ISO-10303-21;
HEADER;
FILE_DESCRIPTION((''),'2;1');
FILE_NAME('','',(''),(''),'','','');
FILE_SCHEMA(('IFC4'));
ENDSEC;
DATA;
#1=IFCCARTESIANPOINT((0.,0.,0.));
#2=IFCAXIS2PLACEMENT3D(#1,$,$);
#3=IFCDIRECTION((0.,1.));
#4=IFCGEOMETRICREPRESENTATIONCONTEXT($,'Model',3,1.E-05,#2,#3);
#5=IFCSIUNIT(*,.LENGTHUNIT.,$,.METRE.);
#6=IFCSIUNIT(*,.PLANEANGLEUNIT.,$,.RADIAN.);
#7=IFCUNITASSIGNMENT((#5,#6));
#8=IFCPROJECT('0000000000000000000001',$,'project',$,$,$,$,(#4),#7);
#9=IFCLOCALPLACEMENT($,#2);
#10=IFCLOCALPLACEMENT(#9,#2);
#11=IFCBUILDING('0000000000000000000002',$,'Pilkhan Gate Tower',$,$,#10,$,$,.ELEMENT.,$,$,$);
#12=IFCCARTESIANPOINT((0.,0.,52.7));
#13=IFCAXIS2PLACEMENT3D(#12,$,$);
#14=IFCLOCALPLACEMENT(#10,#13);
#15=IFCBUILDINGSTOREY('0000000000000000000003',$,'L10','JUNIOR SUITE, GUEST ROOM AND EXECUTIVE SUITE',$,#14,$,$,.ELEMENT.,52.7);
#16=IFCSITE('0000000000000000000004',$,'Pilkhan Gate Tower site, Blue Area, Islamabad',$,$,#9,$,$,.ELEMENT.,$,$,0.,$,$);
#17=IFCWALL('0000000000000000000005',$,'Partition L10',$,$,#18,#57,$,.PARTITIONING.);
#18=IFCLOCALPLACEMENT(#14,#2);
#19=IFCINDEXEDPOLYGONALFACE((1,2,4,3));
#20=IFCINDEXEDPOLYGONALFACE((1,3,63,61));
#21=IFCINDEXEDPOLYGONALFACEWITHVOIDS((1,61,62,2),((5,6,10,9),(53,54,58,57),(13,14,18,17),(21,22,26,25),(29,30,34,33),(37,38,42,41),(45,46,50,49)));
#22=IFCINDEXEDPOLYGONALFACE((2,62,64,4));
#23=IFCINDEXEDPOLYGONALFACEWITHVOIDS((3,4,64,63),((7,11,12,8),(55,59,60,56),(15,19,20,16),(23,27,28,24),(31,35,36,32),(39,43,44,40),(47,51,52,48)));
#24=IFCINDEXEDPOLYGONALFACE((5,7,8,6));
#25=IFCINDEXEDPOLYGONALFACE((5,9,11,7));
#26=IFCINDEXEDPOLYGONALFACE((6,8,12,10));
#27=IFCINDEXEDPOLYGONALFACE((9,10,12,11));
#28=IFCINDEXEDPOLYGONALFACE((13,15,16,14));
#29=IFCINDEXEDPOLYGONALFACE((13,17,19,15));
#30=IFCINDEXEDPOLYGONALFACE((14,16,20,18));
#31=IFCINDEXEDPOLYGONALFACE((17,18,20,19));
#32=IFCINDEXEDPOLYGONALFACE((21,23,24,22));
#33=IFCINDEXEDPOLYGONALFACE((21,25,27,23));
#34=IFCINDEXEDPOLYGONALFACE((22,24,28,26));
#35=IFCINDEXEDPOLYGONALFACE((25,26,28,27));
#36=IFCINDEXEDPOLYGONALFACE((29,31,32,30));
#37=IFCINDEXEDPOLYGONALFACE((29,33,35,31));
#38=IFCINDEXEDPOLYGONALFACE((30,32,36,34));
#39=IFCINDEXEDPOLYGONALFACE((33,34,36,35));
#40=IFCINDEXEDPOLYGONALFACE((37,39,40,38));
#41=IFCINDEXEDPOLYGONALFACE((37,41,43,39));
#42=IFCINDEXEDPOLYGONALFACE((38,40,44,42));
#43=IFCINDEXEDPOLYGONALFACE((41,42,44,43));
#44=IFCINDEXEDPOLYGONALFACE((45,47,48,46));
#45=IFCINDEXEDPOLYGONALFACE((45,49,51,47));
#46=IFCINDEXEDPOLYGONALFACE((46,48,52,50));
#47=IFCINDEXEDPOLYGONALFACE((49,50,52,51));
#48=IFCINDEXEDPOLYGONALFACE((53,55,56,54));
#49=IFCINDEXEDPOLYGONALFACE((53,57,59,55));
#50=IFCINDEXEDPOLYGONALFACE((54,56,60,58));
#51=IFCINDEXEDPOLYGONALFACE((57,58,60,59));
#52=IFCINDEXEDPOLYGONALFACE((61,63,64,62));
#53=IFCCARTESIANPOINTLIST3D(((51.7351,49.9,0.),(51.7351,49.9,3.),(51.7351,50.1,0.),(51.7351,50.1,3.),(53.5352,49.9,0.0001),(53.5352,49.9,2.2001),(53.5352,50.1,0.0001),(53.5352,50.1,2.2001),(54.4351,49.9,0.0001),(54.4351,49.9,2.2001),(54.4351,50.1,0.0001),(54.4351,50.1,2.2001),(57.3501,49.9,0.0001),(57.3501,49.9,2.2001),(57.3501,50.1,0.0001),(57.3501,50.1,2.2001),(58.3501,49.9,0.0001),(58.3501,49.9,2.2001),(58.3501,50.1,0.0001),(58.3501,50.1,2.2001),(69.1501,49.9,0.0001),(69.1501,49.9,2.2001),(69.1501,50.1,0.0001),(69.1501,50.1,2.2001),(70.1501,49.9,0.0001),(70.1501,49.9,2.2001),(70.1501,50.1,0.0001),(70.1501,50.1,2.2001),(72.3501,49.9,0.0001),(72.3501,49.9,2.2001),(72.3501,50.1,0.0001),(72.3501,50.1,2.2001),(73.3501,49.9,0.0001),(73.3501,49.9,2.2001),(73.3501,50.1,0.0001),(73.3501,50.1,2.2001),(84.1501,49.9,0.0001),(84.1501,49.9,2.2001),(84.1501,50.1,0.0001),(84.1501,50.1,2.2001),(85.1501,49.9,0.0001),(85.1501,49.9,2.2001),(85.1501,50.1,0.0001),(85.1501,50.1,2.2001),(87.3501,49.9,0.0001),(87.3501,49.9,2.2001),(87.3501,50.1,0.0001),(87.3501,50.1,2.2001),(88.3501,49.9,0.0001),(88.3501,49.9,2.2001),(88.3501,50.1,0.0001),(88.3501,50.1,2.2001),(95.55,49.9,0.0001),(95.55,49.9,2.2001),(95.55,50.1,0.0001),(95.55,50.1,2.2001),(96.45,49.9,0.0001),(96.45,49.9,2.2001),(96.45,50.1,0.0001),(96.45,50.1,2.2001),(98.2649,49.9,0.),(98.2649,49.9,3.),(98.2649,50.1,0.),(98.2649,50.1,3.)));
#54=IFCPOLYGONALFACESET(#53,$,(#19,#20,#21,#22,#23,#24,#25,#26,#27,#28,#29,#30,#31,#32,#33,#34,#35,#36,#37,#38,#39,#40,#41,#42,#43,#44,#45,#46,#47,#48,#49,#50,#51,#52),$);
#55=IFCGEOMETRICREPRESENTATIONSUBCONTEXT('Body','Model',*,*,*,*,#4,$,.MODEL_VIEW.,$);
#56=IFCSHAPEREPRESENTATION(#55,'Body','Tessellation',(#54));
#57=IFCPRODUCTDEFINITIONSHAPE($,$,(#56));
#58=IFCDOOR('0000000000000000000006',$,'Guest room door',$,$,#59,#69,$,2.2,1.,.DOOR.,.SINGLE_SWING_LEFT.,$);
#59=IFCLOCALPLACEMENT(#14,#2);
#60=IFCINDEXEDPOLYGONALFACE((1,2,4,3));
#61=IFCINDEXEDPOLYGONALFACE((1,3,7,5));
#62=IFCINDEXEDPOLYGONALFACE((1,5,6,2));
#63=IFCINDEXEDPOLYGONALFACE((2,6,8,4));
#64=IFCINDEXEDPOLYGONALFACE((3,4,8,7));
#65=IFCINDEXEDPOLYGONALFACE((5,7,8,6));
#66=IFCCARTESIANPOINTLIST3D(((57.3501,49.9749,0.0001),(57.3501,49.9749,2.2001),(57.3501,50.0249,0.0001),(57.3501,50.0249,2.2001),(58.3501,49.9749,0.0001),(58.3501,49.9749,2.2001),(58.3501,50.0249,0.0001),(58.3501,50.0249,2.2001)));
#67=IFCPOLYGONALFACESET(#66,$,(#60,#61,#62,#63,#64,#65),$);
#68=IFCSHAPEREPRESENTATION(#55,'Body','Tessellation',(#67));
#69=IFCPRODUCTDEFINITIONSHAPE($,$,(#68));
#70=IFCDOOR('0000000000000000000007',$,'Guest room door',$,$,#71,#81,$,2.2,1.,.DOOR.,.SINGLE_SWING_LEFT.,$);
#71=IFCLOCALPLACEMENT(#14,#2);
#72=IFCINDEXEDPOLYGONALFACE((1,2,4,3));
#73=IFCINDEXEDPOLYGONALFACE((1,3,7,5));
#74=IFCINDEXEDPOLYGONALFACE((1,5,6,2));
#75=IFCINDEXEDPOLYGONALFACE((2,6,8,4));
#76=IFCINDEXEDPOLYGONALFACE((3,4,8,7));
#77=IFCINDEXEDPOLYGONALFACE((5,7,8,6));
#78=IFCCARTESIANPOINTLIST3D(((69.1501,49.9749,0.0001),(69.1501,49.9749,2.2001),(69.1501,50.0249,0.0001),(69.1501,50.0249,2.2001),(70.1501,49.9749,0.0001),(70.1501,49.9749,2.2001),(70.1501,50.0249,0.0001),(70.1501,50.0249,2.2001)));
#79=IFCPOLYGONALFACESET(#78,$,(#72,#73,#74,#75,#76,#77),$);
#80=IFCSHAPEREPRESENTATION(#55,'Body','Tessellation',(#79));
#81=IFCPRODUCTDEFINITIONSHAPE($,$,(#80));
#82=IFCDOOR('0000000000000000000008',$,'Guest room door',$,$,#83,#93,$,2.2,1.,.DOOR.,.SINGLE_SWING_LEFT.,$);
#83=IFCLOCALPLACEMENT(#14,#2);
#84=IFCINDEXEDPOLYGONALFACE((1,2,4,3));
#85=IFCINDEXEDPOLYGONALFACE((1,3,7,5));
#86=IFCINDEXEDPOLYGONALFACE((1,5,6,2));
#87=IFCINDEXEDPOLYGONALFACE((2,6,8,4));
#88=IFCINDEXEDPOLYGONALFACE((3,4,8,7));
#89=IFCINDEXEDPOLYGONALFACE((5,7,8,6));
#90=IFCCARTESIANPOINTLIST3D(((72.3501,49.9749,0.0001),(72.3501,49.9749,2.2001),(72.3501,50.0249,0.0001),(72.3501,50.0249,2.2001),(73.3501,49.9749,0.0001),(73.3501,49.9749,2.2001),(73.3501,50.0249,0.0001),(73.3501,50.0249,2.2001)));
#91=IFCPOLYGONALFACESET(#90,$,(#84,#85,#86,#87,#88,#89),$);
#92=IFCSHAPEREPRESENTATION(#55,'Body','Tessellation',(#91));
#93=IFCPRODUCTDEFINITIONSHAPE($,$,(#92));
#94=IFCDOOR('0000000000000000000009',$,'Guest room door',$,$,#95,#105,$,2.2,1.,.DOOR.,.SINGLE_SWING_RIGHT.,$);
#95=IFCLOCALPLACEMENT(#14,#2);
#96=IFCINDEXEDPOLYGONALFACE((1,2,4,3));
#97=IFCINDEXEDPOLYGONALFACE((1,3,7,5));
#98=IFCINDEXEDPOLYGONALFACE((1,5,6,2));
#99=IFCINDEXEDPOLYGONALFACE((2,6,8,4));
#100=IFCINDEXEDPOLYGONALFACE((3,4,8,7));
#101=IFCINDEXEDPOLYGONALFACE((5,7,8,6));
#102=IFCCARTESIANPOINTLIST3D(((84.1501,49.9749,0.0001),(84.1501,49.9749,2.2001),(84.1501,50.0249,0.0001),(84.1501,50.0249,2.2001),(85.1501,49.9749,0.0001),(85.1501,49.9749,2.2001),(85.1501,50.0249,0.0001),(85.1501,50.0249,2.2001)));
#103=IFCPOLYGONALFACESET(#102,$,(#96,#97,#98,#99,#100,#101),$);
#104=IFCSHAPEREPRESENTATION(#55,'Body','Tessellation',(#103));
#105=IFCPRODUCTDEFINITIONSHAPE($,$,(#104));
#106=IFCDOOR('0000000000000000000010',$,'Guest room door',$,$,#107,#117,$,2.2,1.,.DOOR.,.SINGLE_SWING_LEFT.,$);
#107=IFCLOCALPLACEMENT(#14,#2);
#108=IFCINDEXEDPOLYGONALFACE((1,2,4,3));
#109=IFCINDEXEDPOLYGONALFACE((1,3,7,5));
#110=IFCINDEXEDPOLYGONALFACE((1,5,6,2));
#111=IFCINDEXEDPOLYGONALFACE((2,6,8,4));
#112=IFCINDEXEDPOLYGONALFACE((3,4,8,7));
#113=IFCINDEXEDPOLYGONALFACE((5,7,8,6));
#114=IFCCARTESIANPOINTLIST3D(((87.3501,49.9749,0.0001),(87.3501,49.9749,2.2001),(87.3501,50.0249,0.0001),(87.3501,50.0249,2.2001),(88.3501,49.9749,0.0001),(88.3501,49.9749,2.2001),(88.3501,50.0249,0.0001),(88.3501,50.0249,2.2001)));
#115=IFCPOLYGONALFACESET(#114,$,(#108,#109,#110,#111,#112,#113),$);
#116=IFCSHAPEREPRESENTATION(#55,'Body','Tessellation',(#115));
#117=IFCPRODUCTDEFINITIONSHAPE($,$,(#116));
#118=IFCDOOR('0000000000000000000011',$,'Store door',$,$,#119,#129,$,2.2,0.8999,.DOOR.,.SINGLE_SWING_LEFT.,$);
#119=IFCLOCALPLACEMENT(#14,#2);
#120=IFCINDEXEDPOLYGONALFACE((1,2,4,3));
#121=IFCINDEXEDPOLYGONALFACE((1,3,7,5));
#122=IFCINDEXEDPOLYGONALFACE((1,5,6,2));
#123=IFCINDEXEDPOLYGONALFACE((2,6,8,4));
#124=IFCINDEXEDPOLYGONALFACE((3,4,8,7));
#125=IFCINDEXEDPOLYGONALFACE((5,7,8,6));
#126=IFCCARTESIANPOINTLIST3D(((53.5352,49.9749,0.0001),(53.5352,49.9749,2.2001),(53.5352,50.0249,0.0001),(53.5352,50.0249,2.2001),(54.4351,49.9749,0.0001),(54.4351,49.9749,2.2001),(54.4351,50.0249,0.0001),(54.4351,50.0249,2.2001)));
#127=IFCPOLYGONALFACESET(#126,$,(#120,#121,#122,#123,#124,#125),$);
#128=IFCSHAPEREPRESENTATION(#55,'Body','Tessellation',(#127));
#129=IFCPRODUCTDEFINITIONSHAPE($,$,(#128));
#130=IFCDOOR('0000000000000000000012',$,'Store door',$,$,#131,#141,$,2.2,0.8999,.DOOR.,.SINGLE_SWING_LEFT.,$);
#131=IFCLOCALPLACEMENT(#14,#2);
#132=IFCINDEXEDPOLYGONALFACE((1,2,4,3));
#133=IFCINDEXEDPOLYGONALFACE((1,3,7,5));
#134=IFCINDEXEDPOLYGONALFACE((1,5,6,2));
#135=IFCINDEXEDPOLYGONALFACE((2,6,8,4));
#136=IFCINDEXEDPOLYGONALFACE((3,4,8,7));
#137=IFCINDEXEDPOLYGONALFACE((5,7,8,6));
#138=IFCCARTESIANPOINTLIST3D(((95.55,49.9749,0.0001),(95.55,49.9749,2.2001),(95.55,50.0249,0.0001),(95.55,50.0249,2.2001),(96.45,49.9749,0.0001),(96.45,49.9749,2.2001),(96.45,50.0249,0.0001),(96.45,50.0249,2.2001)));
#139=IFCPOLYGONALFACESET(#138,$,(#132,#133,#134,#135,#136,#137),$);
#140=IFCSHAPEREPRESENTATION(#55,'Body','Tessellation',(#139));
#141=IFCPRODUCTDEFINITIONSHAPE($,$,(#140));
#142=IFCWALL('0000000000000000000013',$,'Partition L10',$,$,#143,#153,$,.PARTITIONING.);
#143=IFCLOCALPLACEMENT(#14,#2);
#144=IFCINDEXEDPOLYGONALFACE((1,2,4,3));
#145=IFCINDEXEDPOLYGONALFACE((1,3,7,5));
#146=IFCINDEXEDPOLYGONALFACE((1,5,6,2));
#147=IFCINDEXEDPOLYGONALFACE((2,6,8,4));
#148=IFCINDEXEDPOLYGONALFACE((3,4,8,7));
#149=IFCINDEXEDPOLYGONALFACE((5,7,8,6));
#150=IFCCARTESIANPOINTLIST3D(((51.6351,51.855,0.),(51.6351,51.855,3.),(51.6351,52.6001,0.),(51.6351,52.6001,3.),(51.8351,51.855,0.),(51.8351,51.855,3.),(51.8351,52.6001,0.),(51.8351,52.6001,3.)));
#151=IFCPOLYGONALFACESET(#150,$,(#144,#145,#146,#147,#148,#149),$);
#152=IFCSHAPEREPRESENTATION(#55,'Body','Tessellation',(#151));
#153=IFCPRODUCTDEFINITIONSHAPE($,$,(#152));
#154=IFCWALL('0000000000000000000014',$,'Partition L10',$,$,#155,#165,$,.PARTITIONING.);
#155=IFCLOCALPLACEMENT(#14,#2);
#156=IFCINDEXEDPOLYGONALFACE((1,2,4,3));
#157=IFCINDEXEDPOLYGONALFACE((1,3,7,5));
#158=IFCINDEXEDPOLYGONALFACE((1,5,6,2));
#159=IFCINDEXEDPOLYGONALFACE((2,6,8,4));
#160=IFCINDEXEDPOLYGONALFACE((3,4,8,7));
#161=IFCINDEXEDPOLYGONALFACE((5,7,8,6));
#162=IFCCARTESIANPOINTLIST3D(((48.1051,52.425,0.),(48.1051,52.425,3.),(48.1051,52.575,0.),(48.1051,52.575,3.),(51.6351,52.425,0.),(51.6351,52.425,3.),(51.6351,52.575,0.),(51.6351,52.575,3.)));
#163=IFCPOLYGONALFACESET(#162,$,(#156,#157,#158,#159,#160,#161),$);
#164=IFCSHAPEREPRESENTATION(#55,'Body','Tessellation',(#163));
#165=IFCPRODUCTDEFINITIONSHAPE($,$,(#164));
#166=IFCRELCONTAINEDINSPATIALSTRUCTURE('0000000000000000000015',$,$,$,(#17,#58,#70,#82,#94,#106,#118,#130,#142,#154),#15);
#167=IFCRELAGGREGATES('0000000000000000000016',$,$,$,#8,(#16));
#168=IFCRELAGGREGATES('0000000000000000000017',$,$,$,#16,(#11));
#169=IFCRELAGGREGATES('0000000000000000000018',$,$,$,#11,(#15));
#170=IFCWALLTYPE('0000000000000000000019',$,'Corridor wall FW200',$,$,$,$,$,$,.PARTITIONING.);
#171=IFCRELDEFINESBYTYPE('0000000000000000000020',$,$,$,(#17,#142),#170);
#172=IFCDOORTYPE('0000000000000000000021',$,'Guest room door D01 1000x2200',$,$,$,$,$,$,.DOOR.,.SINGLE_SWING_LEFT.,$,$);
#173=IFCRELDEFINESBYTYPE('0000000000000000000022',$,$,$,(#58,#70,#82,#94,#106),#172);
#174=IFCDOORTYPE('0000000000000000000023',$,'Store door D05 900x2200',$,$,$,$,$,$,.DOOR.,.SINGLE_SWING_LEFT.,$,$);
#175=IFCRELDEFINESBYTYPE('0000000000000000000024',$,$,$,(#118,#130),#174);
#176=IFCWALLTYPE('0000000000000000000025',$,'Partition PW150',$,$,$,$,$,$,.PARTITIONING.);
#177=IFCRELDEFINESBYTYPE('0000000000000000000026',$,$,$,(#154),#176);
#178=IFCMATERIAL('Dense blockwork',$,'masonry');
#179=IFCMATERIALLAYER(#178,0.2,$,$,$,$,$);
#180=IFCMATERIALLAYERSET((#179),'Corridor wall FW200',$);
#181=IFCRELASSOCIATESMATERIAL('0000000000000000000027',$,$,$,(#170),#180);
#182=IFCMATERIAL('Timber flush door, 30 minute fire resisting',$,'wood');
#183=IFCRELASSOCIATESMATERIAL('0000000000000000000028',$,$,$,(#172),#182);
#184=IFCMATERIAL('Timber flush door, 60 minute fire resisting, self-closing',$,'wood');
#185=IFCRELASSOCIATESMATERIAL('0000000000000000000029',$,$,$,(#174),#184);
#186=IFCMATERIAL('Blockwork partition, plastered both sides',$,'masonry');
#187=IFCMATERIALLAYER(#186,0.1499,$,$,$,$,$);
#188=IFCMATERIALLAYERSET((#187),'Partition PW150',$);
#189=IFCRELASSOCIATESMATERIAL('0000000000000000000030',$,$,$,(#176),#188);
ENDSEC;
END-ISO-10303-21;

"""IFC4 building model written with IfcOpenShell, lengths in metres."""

from ifc_helpers import new_model, si_unit, direction, frame, frame_2d, origin, place, context, subcontext, project, spatial, rectangle, extrude, material, layer, layer_set, type_object, element, fill, save


model = new_model("IFC4")

# Units and contexts
model_context = context("Model", 3, precision=1e-05, world=origin(), true_north=direction((0.0, 1.0)))
body_context = subcontext(model_context, "Body", "Model", "MODEL_VIEW")
ifc_project = project(units=[si_unit("LENGTHUNIT", "METRE"), si_unit("PLANEANGLEUNIT", "RADIAN")], contexts=[model_context])

# Site, building, storey
site_placement = place(None, origin())
site = spatial("IfcSite", under=ifc_project, at=site_placement, Name="Pilkhan Gate Tower site, Blue Area, Islamabad", CompositionType="ELEMENT", RefElevation=0.0)
building_placement = place(site_placement, origin())
building = spatial("IfcBuilding", under=site, at=building_placement, Name="Pilkhan Gate Tower", CompositionType="ELEMENT")
storey_placement = place(building_placement, frame((0.0, 0.0, 52.7)))
storey = spatial("IfcBuildingStorey", under=building, at=storey_placement, Name="L10", Description="JUNIOR SUITE, GUEST ROOM AND EXECUTIVE SUITE", CompositionType="ELEMENT", Elevation=52.7)

# Wall, openings, doors
ifc_material_1 = material(Name="Dense blockwork", Category="masonry")
ifc_layer_1 = layer(ifc_material_1, 0.2)
ifc_layer_set_1 = layer_set([ifc_layer_1], Name="Corridor wall FW200")
wall_type_1 = type_object("IfcWallType", Name="Corridor wall FW200", PredefinedType="PARTITIONING", material=ifc_layer_set_1)
wall_1_placement = place(storey_placement, frame((51.7351, 50.0, 0.0), z_axis=(0.0, 0.0, 1.0), x_axis=(1.0, 0.0, 0.0)))
wall_1 = element("IfcWall", 1, at=wall_1_placement, inside=storey, type_object=wall_type_1, Name="Partition L10", PredefinedType="PARTITIONING", context=body_context, shape_type="SweptSolid", body=[
    extrude(rectangle(XDim=46.5298, YDim=0.2, at=frame_2d((23.2649, 0.0))), origin(), (0.0, 0.0, 1.0), 3.0),
])
opening_1_placement = place(wall_1_placement, frame((5.615, 0.0, 0.0)))
opening_1 = element("IfcOpeningElement", 2, at=opening_1_placement, cuts=wall_1, PredefinedType="OPENING", context=body_context, shape_type="SweptSolid", body=[
    extrude(rectangle(XDim=1.0, YDim=2.2, at=frame_2d((0.5, 1.1001))), frame((0.0, 0.1099, 0.0), z_axis=(0.0, -1.0, 0.0), x_axis=(1.0, 0.0, 0.0)), (0.0, 0.0, 1.0), 0.22),
])
opening_2_placement = place(wall_1_placement, frame((17.415, 0.0, 0.0)))
opening_2 = element("IfcOpeningElement", 3, at=opening_2_placement, cuts=wall_1, PredefinedType="OPENING", context=body_context, shape_type="SweptSolid", body=[
    extrude(rectangle(XDim=1.0, YDim=2.2, at=frame_2d((0.5, 1.1001))), frame((0.0, 0.1099, 0.0), z_axis=(0.0, -1.0, 0.0), x_axis=(1.0, 0.0, 0.0)), (0.0, 0.0, 1.0), 0.22),
])
opening_3_placement = place(wall_1_placement, frame((20.615, 0.0, 0.0)))
opening_3 = element("IfcOpeningElement", 4, at=opening_3_placement, cuts=wall_1, PredefinedType="OPENING", context=body_context, shape_type="SweptSolid", body=[
    extrude(rectangle(XDim=1.0, YDim=2.2, at=frame_2d((0.5, 1.1001))), frame((0.0, 0.1099, 0.0), z_axis=(0.0, -1.0, 0.0), x_axis=(1.0, 0.0, 0.0)), (0.0, 0.0, 1.0), 0.22),
])
opening_4_placement = place(wall_1_placement, frame((32.415, 0.0, 0.0)))
opening_4 = element("IfcOpeningElement", 5, at=opening_4_placement, cuts=wall_1, PredefinedType="OPENING", context=body_context, shape_type="SweptSolid", body=[
    extrude(rectangle(XDim=1.0, YDim=2.2, at=frame_2d((0.5, 1.1001))), frame((0.0, 0.1099, 0.0), z_axis=(0.0, -1.0, 0.0), x_axis=(1.0, 0.0, 0.0)), (0.0, 0.0, 1.0), 0.22),
])
opening_5_placement = place(wall_1_placement, frame((35.615, 0.0, 0.0)))
opening_5 = element("IfcOpeningElement", 6, at=opening_5_placement, cuts=wall_1, PredefinedType="OPENING", context=body_context, shape_type="SweptSolid", body=[
    extrude(rectangle(XDim=1.0, YDim=2.2, at=frame_2d((0.5, 1.1001))), frame((0.0, 0.1099, 0.0), z_axis=(0.0, -1.0, 0.0), x_axis=(1.0, 0.0, 0.0)), (0.0, 0.0, 1.0), 0.22),
])
opening_6_placement = place(wall_1_placement, frame((1.8, 0.0, 0.0)))
opening_6 = element("IfcOpeningElement", 7, at=opening_6_placement, cuts=wall_1, PredefinedType="OPENING", context=body_context, shape_type="SweptSolid", body=[
    extrude(rectangle(XDim=0.8999, YDim=2.2, at=frame_2d((0.45, 1.1001))), frame((0.0, 0.1099, 0.0), z_axis=(0.0, -1.0, 0.0), x_axis=(1.0, 0.0, 0.0)), (0.0, 0.0, 1.0), 0.22),
])
opening_7_placement = place(wall_1_placement, frame((43.8149, 0.0, 0.0)))
opening_7 = element("IfcOpeningElement", 8, at=opening_7_placement, cuts=wall_1, PredefinedType="OPENING", context=body_context, shape_type="SweptSolid", body=[
    extrude(rectangle(XDim=0.8999, YDim=2.2, at=frame_2d((0.45, 1.1001))), frame((0.0, 0.1099, 0.0), z_axis=(0.0, -1.0, 0.0), x_axis=(1.0, 0.0, 0.0)), (0.0, 0.0, 1.0), 0.22),
])
ifc_material_2 = material(Name="Timber flush door, 30 minute fire resisting", Category="wood")
door_type_1 = type_object("IfcDoorType", Name="Guest room door D01 1000x2200", OperationType="SINGLE_SWING_LEFT", PredefinedType="DOOR", material=ifc_material_2)
door_1_placement = place(opening_1_placement, origin())
door_1 = element("IfcDoor", 9, at=door_1_placement, inside=storey, type_object=door_type_1, Name="Guest room door", OperationType="SINGLE_SWING_LEFT", OverallHeight=2.2, OverallWidth=1.0, PredefinedType="DOOR", context=body_context, shape_type="SweptSolid", body=[
    extrude(rectangle(XDim=1.0, YDim=2.2, at=frame_2d((0.5, 1.1001))), frame((0.0, 0.0249, 0.0), z_axis=(0.0, -1.0, 0.0), x_axis=(1.0, 0.0, 0.0)), (0.0, 0.0, 1.0), 0.05),
])
fill(opening_1, door_1)
door_2_placement = place(opening_2_placement, origin())
door_2 = element("IfcDoor", 10, at=door_2_placement, inside=storey, type_object=door_type_1, Name="Guest room door", OperationType="SINGLE_SWING_LEFT", OverallHeight=2.2, OverallWidth=1.0, PredefinedType="DOOR", context=body_context, shape_type="SweptSolid", body=[
    extrude(rectangle(XDim=1.0, YDim=2.2, at=frame_2d((0.5, 1.1001))), frame((0.0, 0.0249, 0.0), z_axis=(0.0, -1.0, 0.0), x_axis=(1.0, 0.0, 0.0)), (0.0, 0.0, 1.0), 0.05),
])
fill(opening_2, door_2)
door_3_placement = place(opening_3_placement, origin())
door_3 = element("IfcDoor", 11, at=door_3_placement, inside=storey, type_object=door_type_1, Name="Guest room door", OperationType="SINGLE_SWING_LEFT", OverallHeight=2.2, OverallWidth=1.0, PredefinedType="DOOR", context=body_context, shape_type="SweptSolid", body=[
    extrude(rectangle(XDim=1.0, YDim=2.2, at=frame_2d((0.5, 1.1001))), frame((0.0, 0.0249, 0.0), z_axis=(0.0, -1.0, 0.0), x_axis=(1.0, 0.0, 0.0)), (0.0, 0.0, 1.0), 0.05),
])
fill(opening_3, door_3)
door_4_placement = place(opening_4_placement, origin())
door_4 = element("IfcDoor", 12, at=door_4_placement, inside=storey, type_object=door_type_1, Name="Guest room door", OperationType="SINGLE_SWING_RIGHT", OverallHeight=2.2, OverallWidth=1.0, PredefinedType="DOOR", context=body_context, shape_type="SweptSolid", body=[
    extrude(rectangle(XDim=1.0, YDim=2.2, at=frame_2d((0.5, 1.1001))), frame((0.0, 0.0249, 0.0), z_axis=(0.0, -1.0, 0.0), x_axis=(1.0, 0.0, 0.0)), (0.0, 0.0, 1.0), 0.05),
])
fill(opening_4, door_4)
door_5_placement = place(opening_5_placement, origin())
door_5 = element("IfcDoor", 13, at=door_5_placement, inside=storey, type_object=door_type_1, Name="Guest room door", OperationType="SINGLE_SWING_LEFT", OverallHeight=2.2, OverallWidth=1.0, PredefinedType="DOOR", context=body_context, shape_type="SweptSolid", body=[
    extrude(rectangle(XDim=1.0, YDim=2.2, at=frame_2d((0.5, 1.1001))), frame((0.0, 0.0249, 0.0), z_axis=(0.0, -1.0, 0.0), x_axis=(1.0, 0.0, 0.0)), (0.0, 0.0, 1.0), 0.05),
])
fill(opening_5, door_5)
ifc_material_3 = material(Name="Timber flush door, 60 minute fire resisting, self-closing", Category="wood")
door_type_2 = type_object("IfcDoorType", Name="Store door D05 900x2200", OperationType="SINGLE_SWING_LEFT", PredefinedType="DOOR", material=ifc_material_3)
door_6_placement = place(opening_6_placement, origin())
door_6 = element("IfcDoor", 14, at=door_6_placement, inside=storey, type_object=door_type_2, Name="Store door", OperationType="SINGLE_SWING_LEFT", OverallHeight=2.2, OverallWidth=0.8999, PredefinedType="DOOR", context=body_context, shape_type="SweptSolid", body=[
    extrude(rectangle(XDim=0.8999, YDim=2.2, at=frame_2d((0.45, 1.1001))), frame((0.0, 0.0249, 0.0), z_axis=(0.0, -1.0, 0.0), x_axis=(1.0, 0.0, 0.0)), (0.0, 0.0, 1.0), 0.05),
])
fill(opening_6, door_6)
door_7_placement = place(opening_7_placement, origin())
door_7 = element("IfcDoor", 15, at=door_7_placement, inside=storey, type_object=door_type_2, Name="Store door", OperationType="SINGLE_SWING_LEFT", OverallHeight=2.2, OverallWidth=0.8999, PredefinedType="DOOR", context=body_context, shape_type="SweptSolid", body=[
    extrude(rectangle(XDim=0.8999, YDim=2.2, at=frame_2d((0.45, 1.1001))), frame((0.0, 0.0249, 0.0), z_axis=(0.0, -1.0, 0.0), x_axis=(1.0, 0.0, 0.0)), (0.0, 0.0, 1.0), 0.05),
])
fill(opening_7, door_7)

# Walls
wall_2_placement = place(storey_placement, frame((51.7351, 51.855, 0.0), z_axis=(0.0, 0.0, 1.0), x_axis=(0.0, 1.0, 0.0)))
element("IfcWall", 16, at=wall_2_placement, inside=storey, type_object=wall_type_1, Name="Partition L10", PredefinedType="PARTITIONING", context=body_context, shape_type="SweptSolid", body=[
    extrude(rectangle(XDim=0.7451, YDim=0.2, at=frame_2d((0.3726, 0.0))), origin(), (0.0, 0.0, 1.0), 3.0),
])
ifc_material_4 = material(Name="Blockwork partition, plastered both sides", Category="masonry")
ifc_layer_2 = layer(ifc_material_4, 0.1499)
ifc_layer_set_2 = layer_set([ifc_layer_2], Name="Partition PW150")
wall_type_2 = type_object("IfcWallType", Name="Partition PW150", PredefinedType="PARTITIONING", material=ifc_layer_set_2)
wall_3_placement = place(storey_placement, frame((48.105, 52.5, 0.0), z_axis=(0.0, 0.0, 1.0), x_axis=(1.0, 0.0, 0.0)))
element("IfcWall", 17, at=wall_3_placement, inside=storey, type_object=wall_type_2, Name="Partition L10", PredefinedType="PARTITIONING", context=body_context, shape_type="SweptSolid", body=[
    extrude(rectangle(XDim=3.53, YDim=0.1499, at=frame_2d((1.7651, 0.0))), origin(), (0.0, 0.0, 1.0), 3.0),
])

save(model, "model.ifc")
